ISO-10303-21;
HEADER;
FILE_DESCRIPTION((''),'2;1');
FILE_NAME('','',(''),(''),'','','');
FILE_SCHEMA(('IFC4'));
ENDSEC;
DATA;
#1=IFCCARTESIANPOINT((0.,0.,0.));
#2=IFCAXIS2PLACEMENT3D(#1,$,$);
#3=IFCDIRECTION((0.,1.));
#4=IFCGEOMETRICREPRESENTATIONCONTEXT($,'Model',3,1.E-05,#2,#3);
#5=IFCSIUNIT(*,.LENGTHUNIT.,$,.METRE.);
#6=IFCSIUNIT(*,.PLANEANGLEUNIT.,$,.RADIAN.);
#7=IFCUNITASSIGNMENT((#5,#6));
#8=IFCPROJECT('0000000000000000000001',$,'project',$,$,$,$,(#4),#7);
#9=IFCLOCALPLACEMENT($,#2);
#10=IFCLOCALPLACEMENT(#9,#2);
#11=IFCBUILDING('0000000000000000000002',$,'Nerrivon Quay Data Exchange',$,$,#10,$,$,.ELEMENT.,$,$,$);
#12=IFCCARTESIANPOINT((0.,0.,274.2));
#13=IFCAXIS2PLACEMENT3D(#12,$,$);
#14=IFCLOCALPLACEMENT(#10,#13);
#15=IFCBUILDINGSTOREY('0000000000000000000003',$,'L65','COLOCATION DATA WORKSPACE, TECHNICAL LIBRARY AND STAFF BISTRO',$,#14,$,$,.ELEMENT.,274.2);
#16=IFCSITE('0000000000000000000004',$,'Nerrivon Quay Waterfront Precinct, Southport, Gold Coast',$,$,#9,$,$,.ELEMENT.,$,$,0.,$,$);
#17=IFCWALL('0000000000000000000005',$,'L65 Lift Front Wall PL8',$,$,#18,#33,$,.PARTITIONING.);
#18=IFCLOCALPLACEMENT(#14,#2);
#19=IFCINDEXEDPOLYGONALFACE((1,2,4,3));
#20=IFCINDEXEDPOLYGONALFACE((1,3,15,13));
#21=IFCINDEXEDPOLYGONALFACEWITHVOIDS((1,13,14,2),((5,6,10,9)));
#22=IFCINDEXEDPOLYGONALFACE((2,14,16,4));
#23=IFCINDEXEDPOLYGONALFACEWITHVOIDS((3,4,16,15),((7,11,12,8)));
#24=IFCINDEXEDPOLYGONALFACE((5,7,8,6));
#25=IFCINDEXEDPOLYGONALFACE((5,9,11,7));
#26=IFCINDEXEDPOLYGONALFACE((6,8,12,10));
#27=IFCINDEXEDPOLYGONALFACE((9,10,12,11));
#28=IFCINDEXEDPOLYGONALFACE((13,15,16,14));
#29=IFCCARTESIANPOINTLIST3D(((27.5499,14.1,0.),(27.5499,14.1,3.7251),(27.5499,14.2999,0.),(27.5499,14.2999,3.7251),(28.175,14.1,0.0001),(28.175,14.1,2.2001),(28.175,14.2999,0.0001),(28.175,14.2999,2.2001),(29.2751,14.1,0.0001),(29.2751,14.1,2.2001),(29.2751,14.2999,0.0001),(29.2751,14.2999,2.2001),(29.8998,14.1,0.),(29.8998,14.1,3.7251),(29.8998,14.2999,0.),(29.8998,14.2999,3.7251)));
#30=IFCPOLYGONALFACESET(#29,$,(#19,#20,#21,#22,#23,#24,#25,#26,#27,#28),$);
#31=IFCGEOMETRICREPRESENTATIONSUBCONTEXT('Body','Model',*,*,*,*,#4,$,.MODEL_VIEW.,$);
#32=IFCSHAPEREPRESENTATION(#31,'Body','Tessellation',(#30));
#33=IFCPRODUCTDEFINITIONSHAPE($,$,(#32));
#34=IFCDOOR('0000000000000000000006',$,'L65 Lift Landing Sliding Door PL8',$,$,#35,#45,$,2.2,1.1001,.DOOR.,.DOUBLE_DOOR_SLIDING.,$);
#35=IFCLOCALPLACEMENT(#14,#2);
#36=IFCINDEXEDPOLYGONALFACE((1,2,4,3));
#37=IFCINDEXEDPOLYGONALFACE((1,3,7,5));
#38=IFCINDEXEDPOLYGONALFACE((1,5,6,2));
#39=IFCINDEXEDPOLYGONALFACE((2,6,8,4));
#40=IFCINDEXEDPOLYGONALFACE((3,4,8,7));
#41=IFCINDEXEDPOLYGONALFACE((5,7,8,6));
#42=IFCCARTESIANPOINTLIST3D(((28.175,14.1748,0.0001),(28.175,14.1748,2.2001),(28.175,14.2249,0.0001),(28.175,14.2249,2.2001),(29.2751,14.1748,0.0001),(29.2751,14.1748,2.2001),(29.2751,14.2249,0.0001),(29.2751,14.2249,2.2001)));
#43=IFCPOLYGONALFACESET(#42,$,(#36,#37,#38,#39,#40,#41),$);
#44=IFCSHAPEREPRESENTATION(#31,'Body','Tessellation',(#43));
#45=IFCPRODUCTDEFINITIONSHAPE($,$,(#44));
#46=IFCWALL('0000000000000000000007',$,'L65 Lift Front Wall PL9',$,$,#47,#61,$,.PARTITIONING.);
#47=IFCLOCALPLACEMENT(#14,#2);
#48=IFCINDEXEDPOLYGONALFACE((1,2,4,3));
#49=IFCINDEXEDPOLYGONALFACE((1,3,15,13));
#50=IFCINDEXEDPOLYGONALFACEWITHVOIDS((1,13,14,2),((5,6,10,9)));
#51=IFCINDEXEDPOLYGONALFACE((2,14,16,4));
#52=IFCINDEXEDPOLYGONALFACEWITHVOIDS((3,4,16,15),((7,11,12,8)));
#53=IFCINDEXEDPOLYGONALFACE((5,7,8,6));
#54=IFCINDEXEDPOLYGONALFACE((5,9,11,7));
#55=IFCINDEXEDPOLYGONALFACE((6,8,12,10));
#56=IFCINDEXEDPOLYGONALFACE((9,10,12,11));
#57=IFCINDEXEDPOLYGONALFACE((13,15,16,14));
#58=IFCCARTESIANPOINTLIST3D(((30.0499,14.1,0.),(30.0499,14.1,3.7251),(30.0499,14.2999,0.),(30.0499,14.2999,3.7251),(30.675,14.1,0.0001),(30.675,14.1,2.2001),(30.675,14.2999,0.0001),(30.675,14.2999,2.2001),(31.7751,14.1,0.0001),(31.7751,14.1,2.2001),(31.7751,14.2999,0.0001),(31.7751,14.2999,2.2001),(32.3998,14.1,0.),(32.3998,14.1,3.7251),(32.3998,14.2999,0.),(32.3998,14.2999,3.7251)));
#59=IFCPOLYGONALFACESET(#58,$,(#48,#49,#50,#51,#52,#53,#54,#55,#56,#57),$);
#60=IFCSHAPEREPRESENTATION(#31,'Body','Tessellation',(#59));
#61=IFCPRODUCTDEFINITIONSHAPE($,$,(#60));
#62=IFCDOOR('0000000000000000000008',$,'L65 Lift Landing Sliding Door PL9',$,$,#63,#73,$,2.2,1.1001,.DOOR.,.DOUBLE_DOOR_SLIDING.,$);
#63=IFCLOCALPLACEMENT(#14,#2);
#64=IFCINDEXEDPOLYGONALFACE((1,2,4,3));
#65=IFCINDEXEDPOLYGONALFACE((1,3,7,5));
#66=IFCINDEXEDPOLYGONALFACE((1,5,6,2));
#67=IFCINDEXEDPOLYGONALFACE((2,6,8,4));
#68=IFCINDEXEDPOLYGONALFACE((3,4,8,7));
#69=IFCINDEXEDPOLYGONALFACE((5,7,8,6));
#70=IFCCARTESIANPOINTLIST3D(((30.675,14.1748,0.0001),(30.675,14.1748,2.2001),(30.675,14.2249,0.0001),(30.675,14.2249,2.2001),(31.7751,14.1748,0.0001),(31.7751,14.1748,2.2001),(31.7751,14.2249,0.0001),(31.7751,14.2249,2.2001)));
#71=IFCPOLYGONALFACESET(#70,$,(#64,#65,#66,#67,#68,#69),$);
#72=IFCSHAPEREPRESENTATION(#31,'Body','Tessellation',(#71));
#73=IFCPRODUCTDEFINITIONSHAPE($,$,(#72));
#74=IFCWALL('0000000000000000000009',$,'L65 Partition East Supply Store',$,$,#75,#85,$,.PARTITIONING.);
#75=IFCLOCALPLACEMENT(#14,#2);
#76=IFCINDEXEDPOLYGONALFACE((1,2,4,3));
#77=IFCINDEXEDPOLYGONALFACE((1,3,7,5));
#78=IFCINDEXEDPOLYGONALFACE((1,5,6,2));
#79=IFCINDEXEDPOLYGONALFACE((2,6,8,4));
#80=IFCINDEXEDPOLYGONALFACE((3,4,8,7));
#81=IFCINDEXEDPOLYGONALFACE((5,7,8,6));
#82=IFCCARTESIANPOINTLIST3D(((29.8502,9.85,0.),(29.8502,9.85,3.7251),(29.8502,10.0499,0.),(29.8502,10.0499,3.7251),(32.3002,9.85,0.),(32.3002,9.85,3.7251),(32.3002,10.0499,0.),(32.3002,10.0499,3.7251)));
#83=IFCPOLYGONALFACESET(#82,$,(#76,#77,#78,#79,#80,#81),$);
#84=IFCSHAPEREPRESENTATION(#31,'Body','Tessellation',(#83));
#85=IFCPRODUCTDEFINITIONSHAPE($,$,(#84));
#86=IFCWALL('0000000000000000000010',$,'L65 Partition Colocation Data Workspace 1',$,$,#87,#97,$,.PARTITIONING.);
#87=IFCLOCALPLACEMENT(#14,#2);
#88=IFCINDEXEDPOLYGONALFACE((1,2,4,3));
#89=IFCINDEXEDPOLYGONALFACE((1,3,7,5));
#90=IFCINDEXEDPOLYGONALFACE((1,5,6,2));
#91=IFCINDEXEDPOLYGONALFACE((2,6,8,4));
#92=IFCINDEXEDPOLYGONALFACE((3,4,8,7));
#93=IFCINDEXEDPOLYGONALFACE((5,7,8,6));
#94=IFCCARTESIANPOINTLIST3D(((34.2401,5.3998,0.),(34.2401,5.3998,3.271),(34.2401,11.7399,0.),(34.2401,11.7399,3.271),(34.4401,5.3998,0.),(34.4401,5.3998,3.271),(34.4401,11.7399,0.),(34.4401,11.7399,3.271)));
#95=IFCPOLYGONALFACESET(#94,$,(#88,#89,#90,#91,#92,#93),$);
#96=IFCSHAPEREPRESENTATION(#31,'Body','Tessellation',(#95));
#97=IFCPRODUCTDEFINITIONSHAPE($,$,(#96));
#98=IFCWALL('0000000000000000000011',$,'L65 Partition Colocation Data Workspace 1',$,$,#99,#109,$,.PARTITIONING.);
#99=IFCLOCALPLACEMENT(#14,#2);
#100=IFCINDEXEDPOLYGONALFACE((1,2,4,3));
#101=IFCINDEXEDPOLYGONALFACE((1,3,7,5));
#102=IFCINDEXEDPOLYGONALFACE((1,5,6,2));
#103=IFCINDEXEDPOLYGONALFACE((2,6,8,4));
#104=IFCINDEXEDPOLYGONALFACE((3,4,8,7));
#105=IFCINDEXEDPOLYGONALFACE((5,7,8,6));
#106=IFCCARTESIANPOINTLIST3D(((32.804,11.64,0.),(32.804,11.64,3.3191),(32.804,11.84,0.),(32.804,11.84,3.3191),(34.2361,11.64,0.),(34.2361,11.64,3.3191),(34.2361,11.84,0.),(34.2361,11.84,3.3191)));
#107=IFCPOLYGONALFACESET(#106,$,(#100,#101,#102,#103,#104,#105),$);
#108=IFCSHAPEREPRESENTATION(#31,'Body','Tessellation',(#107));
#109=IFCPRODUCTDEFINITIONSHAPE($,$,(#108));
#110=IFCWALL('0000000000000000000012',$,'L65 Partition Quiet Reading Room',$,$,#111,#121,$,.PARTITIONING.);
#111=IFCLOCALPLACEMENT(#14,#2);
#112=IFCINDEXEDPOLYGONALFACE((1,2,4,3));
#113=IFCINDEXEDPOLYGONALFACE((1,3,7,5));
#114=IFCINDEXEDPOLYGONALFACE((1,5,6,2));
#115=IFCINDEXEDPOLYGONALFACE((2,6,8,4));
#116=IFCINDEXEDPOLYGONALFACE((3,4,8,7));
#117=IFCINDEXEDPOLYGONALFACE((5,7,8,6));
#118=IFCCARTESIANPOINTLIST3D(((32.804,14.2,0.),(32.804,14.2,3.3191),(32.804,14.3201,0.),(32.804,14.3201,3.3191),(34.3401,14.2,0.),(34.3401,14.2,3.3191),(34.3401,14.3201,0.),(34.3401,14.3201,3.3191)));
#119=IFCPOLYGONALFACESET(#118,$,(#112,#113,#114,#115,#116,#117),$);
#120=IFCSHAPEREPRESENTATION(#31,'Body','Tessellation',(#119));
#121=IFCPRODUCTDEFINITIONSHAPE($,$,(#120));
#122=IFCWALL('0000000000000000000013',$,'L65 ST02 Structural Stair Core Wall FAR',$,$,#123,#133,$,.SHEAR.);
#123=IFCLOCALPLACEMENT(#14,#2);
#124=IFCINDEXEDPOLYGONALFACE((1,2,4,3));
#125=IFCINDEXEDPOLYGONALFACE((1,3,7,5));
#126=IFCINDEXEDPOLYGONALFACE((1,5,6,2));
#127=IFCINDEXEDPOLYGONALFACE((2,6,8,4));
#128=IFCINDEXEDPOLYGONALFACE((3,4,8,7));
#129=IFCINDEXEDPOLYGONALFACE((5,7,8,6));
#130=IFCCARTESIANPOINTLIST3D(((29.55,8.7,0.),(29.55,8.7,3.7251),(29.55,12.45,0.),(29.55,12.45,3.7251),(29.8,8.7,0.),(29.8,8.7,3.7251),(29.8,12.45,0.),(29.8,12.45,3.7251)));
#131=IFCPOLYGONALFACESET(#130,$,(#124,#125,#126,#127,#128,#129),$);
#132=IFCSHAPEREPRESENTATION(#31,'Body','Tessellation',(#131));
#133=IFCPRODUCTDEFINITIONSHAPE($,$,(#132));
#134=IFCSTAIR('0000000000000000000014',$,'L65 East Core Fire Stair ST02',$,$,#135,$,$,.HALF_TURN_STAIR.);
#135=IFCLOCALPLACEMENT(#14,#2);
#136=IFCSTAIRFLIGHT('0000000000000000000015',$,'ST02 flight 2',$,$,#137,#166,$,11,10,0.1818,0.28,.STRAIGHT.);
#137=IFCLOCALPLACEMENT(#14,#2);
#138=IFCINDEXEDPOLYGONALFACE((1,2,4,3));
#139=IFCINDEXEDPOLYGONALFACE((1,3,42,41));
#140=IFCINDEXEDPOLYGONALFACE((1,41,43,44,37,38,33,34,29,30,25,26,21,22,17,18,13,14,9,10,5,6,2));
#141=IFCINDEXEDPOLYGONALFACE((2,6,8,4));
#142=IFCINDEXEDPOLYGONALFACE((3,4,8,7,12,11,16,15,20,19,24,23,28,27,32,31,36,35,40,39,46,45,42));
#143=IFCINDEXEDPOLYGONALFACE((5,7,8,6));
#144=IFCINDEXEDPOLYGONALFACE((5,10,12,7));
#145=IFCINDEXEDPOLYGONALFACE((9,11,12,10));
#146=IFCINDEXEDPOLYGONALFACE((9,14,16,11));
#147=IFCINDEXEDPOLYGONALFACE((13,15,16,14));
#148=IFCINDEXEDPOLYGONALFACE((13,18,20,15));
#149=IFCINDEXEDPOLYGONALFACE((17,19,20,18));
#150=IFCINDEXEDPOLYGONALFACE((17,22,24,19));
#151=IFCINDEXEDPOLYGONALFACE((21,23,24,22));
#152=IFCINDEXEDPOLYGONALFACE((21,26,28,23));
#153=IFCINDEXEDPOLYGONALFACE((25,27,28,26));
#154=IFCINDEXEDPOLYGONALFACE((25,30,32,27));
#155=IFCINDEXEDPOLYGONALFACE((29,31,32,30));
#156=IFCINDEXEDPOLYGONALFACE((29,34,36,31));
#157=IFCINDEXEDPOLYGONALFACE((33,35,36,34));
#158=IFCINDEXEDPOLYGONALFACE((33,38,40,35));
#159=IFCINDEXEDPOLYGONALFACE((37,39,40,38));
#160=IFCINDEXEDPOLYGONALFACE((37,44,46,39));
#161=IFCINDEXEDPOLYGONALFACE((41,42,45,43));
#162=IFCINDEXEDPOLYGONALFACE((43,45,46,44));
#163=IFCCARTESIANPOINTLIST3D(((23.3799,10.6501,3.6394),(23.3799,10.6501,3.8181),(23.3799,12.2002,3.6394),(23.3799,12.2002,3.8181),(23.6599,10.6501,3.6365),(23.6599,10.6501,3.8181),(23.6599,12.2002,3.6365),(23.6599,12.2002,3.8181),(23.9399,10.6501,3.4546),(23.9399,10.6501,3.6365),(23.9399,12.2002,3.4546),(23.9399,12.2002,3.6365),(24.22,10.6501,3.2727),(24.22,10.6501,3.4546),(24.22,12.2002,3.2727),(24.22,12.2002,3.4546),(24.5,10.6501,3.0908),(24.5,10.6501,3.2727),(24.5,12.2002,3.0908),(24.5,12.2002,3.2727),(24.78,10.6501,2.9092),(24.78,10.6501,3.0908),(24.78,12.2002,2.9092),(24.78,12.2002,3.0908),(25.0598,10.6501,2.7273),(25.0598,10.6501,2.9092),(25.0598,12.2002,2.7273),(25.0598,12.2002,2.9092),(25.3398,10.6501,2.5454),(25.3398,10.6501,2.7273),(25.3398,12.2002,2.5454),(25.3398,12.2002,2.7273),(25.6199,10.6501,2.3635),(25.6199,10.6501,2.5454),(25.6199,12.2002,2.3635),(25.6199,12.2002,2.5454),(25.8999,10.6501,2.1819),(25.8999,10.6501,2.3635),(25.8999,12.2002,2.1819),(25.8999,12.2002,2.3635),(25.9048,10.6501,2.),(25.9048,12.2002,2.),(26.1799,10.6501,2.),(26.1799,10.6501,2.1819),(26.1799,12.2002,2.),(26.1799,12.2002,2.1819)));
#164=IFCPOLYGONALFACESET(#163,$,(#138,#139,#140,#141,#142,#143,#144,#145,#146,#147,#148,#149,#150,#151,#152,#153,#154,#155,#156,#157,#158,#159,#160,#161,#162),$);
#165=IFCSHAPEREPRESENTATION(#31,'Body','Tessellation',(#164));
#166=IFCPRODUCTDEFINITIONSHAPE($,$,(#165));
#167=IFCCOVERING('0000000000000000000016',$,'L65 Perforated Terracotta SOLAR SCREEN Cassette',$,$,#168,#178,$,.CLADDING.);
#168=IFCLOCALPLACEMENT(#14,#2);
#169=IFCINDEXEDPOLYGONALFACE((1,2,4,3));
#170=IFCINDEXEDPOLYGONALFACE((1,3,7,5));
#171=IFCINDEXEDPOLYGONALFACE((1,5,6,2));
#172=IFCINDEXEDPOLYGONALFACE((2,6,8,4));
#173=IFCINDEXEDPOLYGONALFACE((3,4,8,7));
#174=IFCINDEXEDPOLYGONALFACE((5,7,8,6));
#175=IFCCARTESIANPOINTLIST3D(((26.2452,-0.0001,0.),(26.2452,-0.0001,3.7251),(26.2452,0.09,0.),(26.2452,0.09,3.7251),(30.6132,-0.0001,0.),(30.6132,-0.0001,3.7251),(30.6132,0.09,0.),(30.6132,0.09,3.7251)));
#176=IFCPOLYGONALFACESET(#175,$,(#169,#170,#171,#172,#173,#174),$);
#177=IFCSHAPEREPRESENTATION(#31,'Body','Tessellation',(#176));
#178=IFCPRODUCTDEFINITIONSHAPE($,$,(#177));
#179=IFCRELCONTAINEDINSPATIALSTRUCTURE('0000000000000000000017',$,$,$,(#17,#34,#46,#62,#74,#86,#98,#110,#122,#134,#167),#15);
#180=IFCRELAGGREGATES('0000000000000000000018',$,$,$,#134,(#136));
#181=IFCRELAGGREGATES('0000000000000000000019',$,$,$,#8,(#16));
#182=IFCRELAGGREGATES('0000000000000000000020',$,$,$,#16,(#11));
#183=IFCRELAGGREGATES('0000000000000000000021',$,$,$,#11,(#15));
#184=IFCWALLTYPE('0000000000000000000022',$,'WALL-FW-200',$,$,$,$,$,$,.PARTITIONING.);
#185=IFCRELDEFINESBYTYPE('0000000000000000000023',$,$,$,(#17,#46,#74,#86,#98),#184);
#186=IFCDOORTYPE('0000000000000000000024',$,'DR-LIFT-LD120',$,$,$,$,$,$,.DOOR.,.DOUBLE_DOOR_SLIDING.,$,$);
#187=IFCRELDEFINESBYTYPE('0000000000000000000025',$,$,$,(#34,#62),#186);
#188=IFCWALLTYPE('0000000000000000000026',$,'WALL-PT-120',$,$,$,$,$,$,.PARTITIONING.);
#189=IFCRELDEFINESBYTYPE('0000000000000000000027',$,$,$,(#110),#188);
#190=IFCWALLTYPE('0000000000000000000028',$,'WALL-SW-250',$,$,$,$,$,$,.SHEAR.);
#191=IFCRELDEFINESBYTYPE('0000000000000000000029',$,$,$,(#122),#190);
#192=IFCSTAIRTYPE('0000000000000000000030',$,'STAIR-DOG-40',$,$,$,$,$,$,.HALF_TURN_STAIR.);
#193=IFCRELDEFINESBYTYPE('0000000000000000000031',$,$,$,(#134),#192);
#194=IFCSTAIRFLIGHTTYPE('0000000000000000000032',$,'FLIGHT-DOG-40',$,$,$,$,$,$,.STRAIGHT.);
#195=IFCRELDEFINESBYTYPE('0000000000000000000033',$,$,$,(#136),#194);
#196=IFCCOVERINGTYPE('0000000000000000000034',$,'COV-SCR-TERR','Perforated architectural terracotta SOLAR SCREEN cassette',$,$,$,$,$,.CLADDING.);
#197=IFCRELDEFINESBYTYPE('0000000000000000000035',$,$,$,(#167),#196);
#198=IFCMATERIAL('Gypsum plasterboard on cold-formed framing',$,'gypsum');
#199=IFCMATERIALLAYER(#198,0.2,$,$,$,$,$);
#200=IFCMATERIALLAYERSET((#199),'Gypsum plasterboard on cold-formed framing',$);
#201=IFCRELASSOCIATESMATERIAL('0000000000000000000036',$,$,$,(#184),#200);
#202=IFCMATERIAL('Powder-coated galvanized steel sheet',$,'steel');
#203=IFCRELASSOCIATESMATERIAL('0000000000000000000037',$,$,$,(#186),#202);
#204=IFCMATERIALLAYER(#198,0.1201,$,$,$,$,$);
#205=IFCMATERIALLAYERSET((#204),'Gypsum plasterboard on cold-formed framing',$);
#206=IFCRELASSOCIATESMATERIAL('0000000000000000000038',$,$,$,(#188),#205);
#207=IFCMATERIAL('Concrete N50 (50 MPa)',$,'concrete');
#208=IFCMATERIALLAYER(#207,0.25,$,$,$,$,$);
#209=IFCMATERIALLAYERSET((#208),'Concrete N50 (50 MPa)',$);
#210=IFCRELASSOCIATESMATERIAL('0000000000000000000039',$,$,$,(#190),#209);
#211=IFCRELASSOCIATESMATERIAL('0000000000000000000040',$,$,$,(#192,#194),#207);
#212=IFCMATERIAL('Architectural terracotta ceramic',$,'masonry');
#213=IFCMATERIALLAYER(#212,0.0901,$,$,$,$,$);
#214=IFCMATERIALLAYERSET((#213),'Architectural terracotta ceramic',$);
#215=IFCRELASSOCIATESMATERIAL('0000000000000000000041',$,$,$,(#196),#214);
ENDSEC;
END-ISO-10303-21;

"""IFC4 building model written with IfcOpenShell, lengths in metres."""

from ifc_helpers import new_model, si_unit, direction, frame, frame_2d, origin, origin_2d, place, context, subcontext, project, spatial, polyline, rectangle, outline, extrude, material, layer, layer_set, type_object, element, fill, aggregate, save


model = new_model("IFC4")

# Units and contexts
model_context = context("Model", 3, precision=1e-05, world=origin(), true_north=direction((0.0, 1.0)))
body_context = subcontext(model_context, "Body", "Model", "MODEL_VIEW")
ifc_project = project(units=[si_unit("LENGTHUNIT", "METRE"), si_unit("PLANEANGLEUNIT", "RADIAN")], contexts=[model_context])

# Site, building, storey
site_placement = place(None, origin())
site = spatial("IfcSite", under=ifc_project, at=site_placement, Name="Nerrivon Quay Waterfront Precinct, Southport, Gold Coast", CompositionType="ELEMENT", RefElevation=0.0)
building_placement = place(site_placement, origin())
building = spatial("IfcBuilding", under=site, at=building_placement, Name="Nerrivon Quay Data Exchange", CompositionType="ELEMENT")
storey_placement = place(building_placement, frame((0.0, 0.0, 274.2)))
storey = spatial("IfcBuildingStorey", under=building, at=storey_placement, Name="L65", Description="COLOCATION DATA WORKSPACE, TECHNICAL LIBRARY AND STAFF BISTRO", CompositionType="ELEMENT", Elevation=274.2)

# Shared definitions
ifc_material_1 = material(Name="Concrete N50 (50 MPa)", Category="concrete")

# Walls, openings, doors
ifc_material_2 = material(Name="Powder-coated galvanized steel sheet", Category="steel")
ifc_material_3 = material(Name="Gypsum plasterboard on cold-formed framing", Category="gypsum")
ifc_layer_1 = layer(ifc_material_3, 0.2)
ifc_layer_set_1 = layer_set([ifc_layer_1], Name="Gypsum plasterboard on cold-formed framing")
wall_type_1 = type_object("IfcWallType", Name="WALL-FW-200", PredefinedType="PARTITIONING", material=ifc_layer_set_1)
wall_1_placement = place(storey_placement, frame((27.55, 14.2, 0.0), z_axis=(0.0, 0.0, 1.0), x_axis=(1.0, 0.0, 0.0)))
wall_1 = element("IfcWall", 1, at=wall_1_placement, inside=storey, type_object=wall_type_1, Name="L65 Lift Front Wall PL8", PredefinedType="PARTITIONING", context=body_context, shape_type="SweptSolid", body=[
    extrude(rectangle(XDim=2.3499, YDim=0.2, at=frame_2d((1.1748, 0.0))), origin(), (0.0, 0.0, 1.0), 3.7251),
])
opening_1_placement = place(wall_1_placement, frame((0.625, 0.0, 0.0)))
opening_1 = element("IfcOpeningElement", 2, at=opening_1_placement, cuts=wall_1, PredefinedType="OPENING", context=body_context, shape_type="SweptSolid", body=[
    extrude(rectangle(XDim=1.1001, YDim=2.2, at=frame_2d((0.55, 1.1001))), frame((0.0, 0.1099, 0.0), z_axis=(0.0, -1.0, 0.0), x_axis=(1.0, 0.0, 0.0)), (0.0, 0.0, 1.0), 0.22),
])
door_type_1 = type_object("IfcDoorType", Name="DR-LIFT-LD120", OperationType="DOUBLE_DOOR_SLIDING", PredefinedType="DOOR", material=ifc_material_2)
door_1_placement = place(opening_1_placement, origin())
door_1 = element("IfcDoor", 3, at=door_1_placement, inside=storey, type_object=door_type_1, Name="L65 Lift Landing Sliding Door PL8", OperationType="DOUBLE_DOOR_SLIDING", OverallHeight=2.2, OverallWidth=1.1001, PredefinedType="DOOR", context=body_context, shape_type="SweptSolid", body=[
    extrude(rectangle(XDim=1.1001, YDim=2.2, at=frame_2d((0.55, 1.1001))), frame((0.0, 0.0249, 0.0), z_axis=(0.0, -1.0, 0.0), x_axis=(1.0, 0.0, 0.0)), (0.0, 0.0, 1.0), 0.05),
])
fill(opening_1, door_1)
wall_2_placement = place(storey_placement, frame((30.05, 14.2, 0.0), z_axis=(0.0, 0.0, 1.0), x_axis=(1.0, 0.0, 0.0)))
wall_2 = element("IfcWall", 4, at=wall_2_placement, inside=storey, type_object=wall_type_1, Name="L65 Lift Front Wall PL9", PredefinedType="PARTITIONING", context=body_context, shape_type="SweptSolid", body=[
    extrude(rectangle(XDim=2.3499, YDim=0.2, at=frame_2d((1.1748, 0.0))), origin(), (0.0, 0.0, 1.0), 3.7251),
])
opening_2_placement = place(wall_2_placement, frame((0.625, 0.0, 0.0)))
opening_2 = element("IfcOpeningElement", 5, at=opening_2_placement, cuts=wall_2, PredefinedType="OPENING", context=body_context, shape_type="SweptSolid", body=[
    extrude(rectangle(XDim=1.1001, YDim=2.2, at=frame_2d((0.55, 1.1001))), frame((0.0, 0.1099, 0.0), z_axis=(0.0, -1.0, 0.0), x_axis=(1.0, 0.0, 0.0)), (0.0, 0.0, 1.0), 0.22),
])
door_2_placement = place(opening_2_placement, origin())
door_2 = element("IfcDoor", 6, at=door_2_placement, inside=storey, type_object=door_type_1, Name="L65 Lift Landing Sliding Door PL9", OperationType="DOUBLE_DOOR_SLIDING", OverallHeight=2.2, OverallWidth=1.1001, PredefinedType="DOOR", context=body_context, shape_type="SweptSolid", body=[
    extrude(rectangle(XDim=1.1001, YDim=2.2, at=frame_2d((0.55, 1.1001))), frame((0.0, 0.0249, 0.0), z_axis=(0.0, -1.0, 0.0), x_axis=(1.0, 0.0, 0.0)), (0.0, 0.0, 1.0), 0.05),
])
fill(opening_2, door_2)

# Walls
wall_3_placement = place(storey_placement, frame((29.8501, 9.95, 0.0), z_axis=(0.0, 0.0, 1.0), x_axis=(1.0, 0.0, 0.0)))
element("IfcWall", 7, at=wall_3_placement, inside=storey, type_object=wall_type_1, Name="L65 Partition East Supply Store", PredefinedType="PARTITIONING", context=body_context, shape_type="SweptSolid", body=[
    extrude(rectangle(XDim=2.45, YDim=0.2, at=frame_2d((1.2251, 0.0))), origin(), (0.0, 0.0, 1.0), 3.7251),
])
wall_4_placement = place(storey_placement, frame((34.3401, 5.3999, 0.0), z_axis=(0.0, 0.0, 1.0), x_axis=(0.0, 1.0, 0.0)))
element("IfcWall", 8, at=wall_4_placement, inside=storey, type_object=wall_type_1, Name="L65 Partition Colocation Data Workspace 1", PredefinedType="PARTITIONING", context=body_context, shape_type="SweptSolid", body=[
    extrude(rectangle(XDim=6.3401, YDim=0.2, at=frame_2d((3.1699, 0.0))), origin(), (0.0, 0.0, 1.0), 3.271),
])
wall_5_placement = place(storey_placement, frame((34.2361, 11.74, 0.0), z_axis=(0.0, 0.0, 1.0), x_axis=(-1.0, 0.0, 0.0)))
element("IfcWall", 9, at=wall_5_placement, inside=storey, type_object=wall_type_1, Name="L65 Partition Colocation Data Workspace 1", PredefinedType="PARTITIONING", context=body_context, shape_type="SweptSolid", body=[
    extrude(rectangle(XDim=1.4321, YDim=0.2, at=frame_2d((0.7161, 0.0))), origin(), (0.0, 0.0, 1.0), 3.3191),
])
ifc_layer_2 = layer(ifc_material_3, 0.1201)
ifc_layer_set_2 = layer_set([ifc_layer_2], Name="Gypsum plasterboard on cold-formed framing")
wall_type_2 = type_object("IfcWallType", Name="WALL-PT-120", PredefinedType="PARTITIONING", material=ifc_layer_set_2)
wall_6_placement = place(storey_placement, frame((32.804, 14.26, 0.0), z_axis=(0.0, 0.0, 1.0), x_axis=(1.0, 0.0, 0.0)))
element("IfcWall", 10, at=wall_6_placement, inside=storey, type_object=wall_type_2, Name="L65 Partition Quiet Reading Room", PredefinedType="PARTITIONING", context=body_context, shape_type="SweptSolid", body=[
    extrude(rectangle(XDim=1.5361, YDim=0.1201, at=frame_2d((0.7681, 0.0))), origin(), (0.0, 0.0, 1.0), 3.3191),
])
ifc_layer_3 = layer(ifc_material_1, 0.25)
ifc_layer_set_3 = layer_set([ifc_layer_3], Name="Concrete N50 (50 MPa)")
wall_type_3 = type_object("IfcWallType", Name="WALL-SW-250", PredefinedType="SHEAR", material=ifc_layer_set_3)
wall_7_placement = place(storey_placement, frame((29.675, 8.7, 0.0), z_axis=(0.0, 0.0, 1.0), x_axis=(0.0, 1.0, 0.0)))
element("IfcWall", 11, at=wall_7_placement, inside=storey, type_object=wall_type_3, Name="L65 ST02 Structural Stair Core Wall FAR", PredefinedType="SHEAR", context=body_context, shape_type="SweptSolid", body=[
    extrude(rectangle(XDim=3.75, YDim=0.25, at=frame_2d((1.875, 0.0))), origin(), (0.0, 0.0, 1.0), 3.7251),
])

# Stair, stair flight
stair_type = type_object("IfcStairType", Name="STAIR-DOG-40", PredefinedType="HALF_TURN_STAIR", material=ifc_material_1)
stair_placement = place(storey_placement, origin())
stair = element("IfcStair", 12, at=stair_placement, inside=storey, type_object=stair_type, Name="L65 East Core Fire Stair ST02", PredefinedType="HALF_TURN_STAIR")
stair_flight_type = type_object("IfcStairFlightType", Name="FLIGHT-DOG-40", PredefinedType="STRAIGHT", material=ifc_material_1)
stair_flight_placement = place(storey_placement, frame((26.1799, 11.425, 2.0), z_axis=(0.0, 0.0, 1.0), x_axis=(-1.0, 0.0, 0.0)))
stair_flight = element("IfcStairFlight", 13, at=stair_flight_placement, type_object=stair_flight_type, Name="ST02 flight 2", NumberOfRisers=11, NumberOfTreads=10, PredefinedType="STRAIGHT", RiserHeight=0.1818, TreadLength=0.28, context=body_context, shape_type="SweptSolid", body=[
    extrude(outline(polyline([(0.0, 0.0), (0.0, 0.1819), (0.28, 0.1819), (0.28, 0.3635), (0.5601, 0.3635), (0.5601, 0.5454), (0.8401, 0.5454), (0.8401, 0.7273), (1.1201, 0.7273), (1.1201, 0.9092), (1.3999, 0.9092), (1.3999, 1.0908), (1.6799, 1.0908), (1.6799, 1.2727), (1.96, 1.2727), (1.96, 1.4546), (2.24, 1.4546), (2.24, 1.6365), (2.52, 1.6365), (2.52, 1.8181), (2.8, 1.8181), (2.8, 2.0), (2.8, 1.6394), (0.2751, 0.0), (0.0, 0.0)])), frame((0.0, 0.7749, 0.0), z_axis=(0.0, -1.0, 0.0), x_axis=(1.0, 0.0, 0.0)), (0.0, 0.0, 1.0), 1.55),
])
aggregate(stair, [stair_flight])

# Covering
ifc_material_4 = material(Name="Architectural terracotta ceramic", Category="masonry")
ifc_layer_4 = layer(ifc_material_4, 0.0901)
ifc_layer_set_4 = layer_set([ifc_layer_4], Name="Architectural terracotta ceramic")
covering_type = type_object("IfcCoveringType", Name="COV-SCR-TERR", Description="Perforated architectural terracotta SOLAR SCREEN cassette", PredefinedType="CLADDING", material=ifc_layer_set_4)
covering_placement = place(storey_placement, frame((28.4292, 0.0449, 0.0), z_axis=(0.0, 0.0, 1.0), x_axis=(-1.0, 0.0, 0.0)))
element("IfcCovering", 14, at=covering_placement, inside=storey, type_object=covering_type, Name="L65 Perforated Terracotta SOLAR SCREEN Cassette", PredefinedType="CLADDING", context=body_context, shape_type="SweptSolid", body=[
    extrude(rectangle(XDim=4.3679, YDim=0.0901, at=origin_2d()), origin(), (0.0, 0.0, 1.0), 3.7251),
])

save(model, "model.ifc")
